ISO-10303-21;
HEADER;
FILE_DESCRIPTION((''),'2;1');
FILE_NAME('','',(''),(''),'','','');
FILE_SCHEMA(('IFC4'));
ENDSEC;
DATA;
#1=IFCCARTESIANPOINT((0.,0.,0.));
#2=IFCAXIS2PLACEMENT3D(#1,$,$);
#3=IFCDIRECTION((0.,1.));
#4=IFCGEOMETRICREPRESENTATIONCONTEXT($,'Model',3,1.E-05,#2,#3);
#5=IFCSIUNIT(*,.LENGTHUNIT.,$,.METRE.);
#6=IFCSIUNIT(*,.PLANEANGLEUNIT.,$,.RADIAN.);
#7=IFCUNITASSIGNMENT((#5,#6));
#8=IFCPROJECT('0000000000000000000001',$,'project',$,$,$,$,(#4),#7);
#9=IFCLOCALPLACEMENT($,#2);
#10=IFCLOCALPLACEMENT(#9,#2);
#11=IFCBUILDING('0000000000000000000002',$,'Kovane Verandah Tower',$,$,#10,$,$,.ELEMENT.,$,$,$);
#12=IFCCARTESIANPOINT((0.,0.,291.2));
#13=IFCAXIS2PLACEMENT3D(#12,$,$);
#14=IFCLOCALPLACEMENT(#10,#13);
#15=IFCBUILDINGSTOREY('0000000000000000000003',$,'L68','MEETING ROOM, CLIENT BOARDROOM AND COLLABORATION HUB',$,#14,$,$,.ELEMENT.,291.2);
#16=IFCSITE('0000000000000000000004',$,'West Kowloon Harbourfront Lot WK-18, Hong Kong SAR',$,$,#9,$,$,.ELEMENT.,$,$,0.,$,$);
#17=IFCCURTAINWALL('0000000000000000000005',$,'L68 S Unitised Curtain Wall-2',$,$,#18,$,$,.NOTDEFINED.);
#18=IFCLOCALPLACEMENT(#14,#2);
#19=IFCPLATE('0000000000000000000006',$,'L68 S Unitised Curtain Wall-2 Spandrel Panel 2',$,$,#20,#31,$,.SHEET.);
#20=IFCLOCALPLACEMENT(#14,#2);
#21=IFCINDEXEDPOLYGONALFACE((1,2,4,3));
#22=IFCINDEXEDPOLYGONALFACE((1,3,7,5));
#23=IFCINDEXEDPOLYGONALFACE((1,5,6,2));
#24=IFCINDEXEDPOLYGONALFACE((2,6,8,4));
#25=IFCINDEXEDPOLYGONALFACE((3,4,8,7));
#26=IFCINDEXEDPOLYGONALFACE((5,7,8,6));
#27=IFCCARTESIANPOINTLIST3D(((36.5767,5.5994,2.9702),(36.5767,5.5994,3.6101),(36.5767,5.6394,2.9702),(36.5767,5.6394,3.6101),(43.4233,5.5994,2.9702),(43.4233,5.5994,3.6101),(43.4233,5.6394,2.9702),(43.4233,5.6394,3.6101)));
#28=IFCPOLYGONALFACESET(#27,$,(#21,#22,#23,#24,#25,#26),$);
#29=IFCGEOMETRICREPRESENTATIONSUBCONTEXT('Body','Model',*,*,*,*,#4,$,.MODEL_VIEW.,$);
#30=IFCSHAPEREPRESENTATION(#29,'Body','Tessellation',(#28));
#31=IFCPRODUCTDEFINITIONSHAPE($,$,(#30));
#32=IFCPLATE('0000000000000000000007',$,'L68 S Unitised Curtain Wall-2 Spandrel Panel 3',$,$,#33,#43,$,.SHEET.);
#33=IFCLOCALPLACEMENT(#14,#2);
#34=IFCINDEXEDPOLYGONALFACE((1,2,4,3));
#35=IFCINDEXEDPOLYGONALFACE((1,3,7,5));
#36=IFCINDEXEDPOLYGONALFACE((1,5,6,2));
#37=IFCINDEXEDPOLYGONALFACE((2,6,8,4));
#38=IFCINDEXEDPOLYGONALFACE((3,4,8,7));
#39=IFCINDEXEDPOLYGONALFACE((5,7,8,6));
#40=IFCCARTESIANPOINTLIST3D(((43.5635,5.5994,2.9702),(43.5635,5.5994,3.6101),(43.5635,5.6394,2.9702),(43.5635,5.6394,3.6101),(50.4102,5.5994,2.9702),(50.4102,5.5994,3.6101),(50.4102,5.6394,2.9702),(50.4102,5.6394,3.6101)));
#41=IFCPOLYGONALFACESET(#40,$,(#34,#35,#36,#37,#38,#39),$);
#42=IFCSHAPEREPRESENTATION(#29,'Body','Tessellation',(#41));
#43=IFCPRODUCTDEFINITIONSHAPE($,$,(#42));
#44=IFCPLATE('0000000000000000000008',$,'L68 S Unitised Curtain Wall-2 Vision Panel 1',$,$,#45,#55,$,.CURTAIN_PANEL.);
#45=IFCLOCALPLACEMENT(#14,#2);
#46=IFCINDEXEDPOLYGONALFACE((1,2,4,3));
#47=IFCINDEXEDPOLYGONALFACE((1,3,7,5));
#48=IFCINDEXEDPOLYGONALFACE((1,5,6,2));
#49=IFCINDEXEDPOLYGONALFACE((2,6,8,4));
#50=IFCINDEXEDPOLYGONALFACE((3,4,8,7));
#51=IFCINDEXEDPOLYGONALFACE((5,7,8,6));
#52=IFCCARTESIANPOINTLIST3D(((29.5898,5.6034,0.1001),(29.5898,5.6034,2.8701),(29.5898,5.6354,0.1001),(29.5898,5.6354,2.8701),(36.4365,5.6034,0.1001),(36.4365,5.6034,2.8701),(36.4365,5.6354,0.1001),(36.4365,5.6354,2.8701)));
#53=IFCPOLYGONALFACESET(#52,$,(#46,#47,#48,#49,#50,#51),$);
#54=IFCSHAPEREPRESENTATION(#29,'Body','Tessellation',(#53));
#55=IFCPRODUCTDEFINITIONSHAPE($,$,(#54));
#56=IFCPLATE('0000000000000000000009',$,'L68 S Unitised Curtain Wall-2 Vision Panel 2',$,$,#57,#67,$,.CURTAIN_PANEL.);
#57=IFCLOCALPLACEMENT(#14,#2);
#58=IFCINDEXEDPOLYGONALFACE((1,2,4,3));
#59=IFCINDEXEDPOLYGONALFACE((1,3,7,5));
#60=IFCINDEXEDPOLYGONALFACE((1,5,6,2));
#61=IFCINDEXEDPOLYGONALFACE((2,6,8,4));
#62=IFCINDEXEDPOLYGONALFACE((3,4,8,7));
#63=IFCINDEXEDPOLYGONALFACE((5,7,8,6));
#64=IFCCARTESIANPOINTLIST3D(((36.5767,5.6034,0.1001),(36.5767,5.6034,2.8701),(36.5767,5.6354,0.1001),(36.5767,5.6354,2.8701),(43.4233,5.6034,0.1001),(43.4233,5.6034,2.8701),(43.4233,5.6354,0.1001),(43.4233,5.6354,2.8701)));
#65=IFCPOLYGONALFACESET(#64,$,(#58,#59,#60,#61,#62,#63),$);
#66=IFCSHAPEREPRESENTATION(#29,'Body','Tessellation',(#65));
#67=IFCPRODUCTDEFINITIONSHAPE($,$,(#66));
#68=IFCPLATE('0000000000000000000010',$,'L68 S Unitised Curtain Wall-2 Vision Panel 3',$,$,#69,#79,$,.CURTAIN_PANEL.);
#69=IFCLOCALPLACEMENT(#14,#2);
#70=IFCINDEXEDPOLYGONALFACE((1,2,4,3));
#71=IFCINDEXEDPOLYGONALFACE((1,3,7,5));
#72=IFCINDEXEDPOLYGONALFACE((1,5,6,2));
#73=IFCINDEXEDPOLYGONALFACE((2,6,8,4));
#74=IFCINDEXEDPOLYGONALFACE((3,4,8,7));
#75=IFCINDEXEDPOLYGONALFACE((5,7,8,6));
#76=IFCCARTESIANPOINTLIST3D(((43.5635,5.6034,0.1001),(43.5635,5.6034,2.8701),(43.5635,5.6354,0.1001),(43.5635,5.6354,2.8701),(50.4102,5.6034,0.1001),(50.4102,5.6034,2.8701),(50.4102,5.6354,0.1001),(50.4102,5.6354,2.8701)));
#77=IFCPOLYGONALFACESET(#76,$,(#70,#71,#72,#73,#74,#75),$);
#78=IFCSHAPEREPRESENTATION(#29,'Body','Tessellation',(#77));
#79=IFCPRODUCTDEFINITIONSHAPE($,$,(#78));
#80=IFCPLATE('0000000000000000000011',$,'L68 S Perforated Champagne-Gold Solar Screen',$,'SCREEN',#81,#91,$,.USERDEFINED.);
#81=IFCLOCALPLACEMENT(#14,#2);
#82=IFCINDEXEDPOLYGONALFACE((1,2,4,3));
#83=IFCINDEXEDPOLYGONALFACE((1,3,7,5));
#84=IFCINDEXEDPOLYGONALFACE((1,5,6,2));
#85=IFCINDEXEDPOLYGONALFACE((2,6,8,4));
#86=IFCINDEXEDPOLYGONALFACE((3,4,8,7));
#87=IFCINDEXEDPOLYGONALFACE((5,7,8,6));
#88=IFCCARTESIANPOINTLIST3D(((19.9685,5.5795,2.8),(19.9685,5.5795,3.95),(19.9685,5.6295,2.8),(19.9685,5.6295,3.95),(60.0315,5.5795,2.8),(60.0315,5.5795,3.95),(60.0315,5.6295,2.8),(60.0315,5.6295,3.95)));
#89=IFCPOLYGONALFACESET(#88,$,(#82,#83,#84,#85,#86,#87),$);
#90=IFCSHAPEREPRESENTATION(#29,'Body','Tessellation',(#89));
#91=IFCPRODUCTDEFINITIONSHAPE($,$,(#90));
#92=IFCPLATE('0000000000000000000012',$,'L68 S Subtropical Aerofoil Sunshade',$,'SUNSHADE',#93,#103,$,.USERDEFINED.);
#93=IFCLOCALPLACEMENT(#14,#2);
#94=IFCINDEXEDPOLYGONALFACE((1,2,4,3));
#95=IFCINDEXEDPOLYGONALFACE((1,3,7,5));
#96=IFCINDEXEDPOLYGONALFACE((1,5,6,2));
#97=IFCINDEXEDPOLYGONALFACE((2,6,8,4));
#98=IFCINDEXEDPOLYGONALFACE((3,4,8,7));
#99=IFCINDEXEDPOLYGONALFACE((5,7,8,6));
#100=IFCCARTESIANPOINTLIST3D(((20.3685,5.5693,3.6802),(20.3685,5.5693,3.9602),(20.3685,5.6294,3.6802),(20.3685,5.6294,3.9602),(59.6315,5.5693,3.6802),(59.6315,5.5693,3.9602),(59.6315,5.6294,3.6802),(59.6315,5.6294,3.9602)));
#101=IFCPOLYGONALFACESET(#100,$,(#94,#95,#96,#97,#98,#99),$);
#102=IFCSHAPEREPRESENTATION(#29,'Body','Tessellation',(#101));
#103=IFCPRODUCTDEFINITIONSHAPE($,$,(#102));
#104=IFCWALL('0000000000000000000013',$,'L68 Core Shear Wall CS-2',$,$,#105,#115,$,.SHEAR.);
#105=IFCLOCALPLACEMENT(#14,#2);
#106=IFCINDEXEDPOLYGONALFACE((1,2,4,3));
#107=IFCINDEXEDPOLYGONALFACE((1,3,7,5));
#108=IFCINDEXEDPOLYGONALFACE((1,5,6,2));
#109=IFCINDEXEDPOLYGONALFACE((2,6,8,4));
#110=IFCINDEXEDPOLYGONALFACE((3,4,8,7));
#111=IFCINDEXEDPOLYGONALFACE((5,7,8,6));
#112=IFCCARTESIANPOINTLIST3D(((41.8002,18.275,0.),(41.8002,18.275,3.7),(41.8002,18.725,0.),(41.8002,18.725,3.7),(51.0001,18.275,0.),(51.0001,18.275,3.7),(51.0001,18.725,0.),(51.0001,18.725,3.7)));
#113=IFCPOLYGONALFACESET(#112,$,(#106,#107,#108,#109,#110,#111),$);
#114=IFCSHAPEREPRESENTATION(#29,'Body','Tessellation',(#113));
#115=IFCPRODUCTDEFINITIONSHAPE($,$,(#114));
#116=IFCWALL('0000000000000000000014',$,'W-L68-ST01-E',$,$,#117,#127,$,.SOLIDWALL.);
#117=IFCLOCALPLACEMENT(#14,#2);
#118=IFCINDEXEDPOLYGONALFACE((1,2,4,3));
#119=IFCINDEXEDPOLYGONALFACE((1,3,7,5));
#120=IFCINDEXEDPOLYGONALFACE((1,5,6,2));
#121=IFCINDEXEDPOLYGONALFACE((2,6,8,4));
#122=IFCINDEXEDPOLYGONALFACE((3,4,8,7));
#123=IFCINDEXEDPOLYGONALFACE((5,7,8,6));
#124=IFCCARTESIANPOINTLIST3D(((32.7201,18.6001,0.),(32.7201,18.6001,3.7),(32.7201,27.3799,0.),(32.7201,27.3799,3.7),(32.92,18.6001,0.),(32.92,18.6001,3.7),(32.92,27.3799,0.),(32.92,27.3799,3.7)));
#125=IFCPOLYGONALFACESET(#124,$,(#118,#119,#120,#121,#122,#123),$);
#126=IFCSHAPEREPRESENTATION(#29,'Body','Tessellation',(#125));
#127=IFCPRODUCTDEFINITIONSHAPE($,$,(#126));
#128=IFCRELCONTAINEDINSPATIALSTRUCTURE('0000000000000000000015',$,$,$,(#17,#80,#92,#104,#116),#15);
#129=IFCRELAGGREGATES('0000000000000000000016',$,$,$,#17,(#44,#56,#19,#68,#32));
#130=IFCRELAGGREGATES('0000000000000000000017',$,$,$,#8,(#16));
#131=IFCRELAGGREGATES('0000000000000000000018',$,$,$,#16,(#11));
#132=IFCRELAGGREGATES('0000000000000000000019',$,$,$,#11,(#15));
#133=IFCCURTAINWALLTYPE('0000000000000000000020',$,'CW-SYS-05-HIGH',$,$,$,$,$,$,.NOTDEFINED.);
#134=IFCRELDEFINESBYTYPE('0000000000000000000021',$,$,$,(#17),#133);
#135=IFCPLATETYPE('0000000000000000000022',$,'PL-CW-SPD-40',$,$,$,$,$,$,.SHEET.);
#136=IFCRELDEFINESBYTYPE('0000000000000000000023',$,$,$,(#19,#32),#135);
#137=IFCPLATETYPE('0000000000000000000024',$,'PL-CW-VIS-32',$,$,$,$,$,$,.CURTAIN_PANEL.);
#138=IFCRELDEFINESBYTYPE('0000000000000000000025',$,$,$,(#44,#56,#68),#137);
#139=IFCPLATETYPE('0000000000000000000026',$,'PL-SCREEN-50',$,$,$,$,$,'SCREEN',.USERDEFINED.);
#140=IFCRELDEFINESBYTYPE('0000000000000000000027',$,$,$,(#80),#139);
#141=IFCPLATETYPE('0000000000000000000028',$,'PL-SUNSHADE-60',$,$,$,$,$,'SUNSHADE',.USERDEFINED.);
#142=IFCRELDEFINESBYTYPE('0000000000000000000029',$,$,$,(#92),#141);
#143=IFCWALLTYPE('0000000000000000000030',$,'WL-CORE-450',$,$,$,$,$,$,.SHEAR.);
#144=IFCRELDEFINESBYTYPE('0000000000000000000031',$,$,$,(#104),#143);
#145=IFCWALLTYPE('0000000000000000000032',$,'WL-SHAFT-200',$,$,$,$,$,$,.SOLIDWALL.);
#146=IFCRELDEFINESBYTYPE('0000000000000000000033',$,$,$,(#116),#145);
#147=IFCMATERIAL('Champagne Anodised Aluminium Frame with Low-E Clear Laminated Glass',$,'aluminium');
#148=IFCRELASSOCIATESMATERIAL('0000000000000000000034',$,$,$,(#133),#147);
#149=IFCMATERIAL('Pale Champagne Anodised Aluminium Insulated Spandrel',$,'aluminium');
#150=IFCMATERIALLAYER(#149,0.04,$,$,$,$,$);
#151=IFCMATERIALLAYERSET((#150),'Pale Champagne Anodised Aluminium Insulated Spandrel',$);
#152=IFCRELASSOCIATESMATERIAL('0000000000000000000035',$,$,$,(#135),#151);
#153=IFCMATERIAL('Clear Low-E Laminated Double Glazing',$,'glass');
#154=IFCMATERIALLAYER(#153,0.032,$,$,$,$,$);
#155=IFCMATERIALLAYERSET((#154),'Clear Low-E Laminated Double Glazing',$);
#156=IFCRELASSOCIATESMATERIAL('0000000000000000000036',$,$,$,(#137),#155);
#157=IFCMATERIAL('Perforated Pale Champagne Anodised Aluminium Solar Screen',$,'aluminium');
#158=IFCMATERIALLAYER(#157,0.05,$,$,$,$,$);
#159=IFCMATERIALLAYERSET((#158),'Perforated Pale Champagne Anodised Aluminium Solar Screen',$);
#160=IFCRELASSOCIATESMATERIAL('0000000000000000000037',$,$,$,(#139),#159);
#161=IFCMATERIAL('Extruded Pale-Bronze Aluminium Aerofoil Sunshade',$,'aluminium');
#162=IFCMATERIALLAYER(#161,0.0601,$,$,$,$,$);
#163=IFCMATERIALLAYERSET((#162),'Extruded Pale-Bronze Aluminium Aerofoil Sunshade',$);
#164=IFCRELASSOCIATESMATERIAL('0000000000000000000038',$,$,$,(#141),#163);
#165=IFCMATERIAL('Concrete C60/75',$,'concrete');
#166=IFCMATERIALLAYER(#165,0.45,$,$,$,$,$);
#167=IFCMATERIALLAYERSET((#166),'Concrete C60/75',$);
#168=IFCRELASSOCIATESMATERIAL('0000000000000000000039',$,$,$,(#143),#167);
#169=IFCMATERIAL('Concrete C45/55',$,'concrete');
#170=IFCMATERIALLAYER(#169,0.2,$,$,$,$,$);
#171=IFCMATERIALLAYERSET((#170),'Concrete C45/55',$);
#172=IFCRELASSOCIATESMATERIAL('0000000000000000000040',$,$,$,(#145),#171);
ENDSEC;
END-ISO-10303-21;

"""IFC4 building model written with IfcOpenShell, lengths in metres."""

from ifc_helpers import new_model, si_unit, direction, frame, frame_2d, origin, origin_2d, place, context, subcontext, project, spatial, rectangle, extrude, material, layer, layer_set, type_object, element, aggregate, save


model = new_model("IFC4")

# Units and contexts
model_context = context("Model", 3, precision=1e-05, world=origin(), true_north=direction((0.0, 1.0)))
body_context = subcontext(model_context, "Body", "Model", "MODEL_VIEW")
ifc_project = project(units=[si_unit("LENGTHUNIT", "METRE"), si_unit("PLANEANGLEUNIT", "RADIAN")], contexts=[model_context])

# Site, building, storey
site_placement = place(None, origin())
site = spatial("IfcSite", under=ifc_project, at=site_placement, Name="West Kowloon Harbourfront Lot WK-18, Hong Kong SAR", CompositionType="ELEMENT", RefElevation=0.0)
building_placement = place(site_placement, origin())
building = spatial("IfcBuilding", under=site, at=building_placement, Name="Kovane Verandah Tower", CompositionType="ELEMENT")
storey_placement = place(building_placement, frame((0.0, 0.0, 291.2)))
storey = spatial("IfcBuildingStorey", under=building, at=storey_placement, Name="L68", Description="MEETING ROOM, CLIENT BOARDROOM AND COLLABORATION HUB", CompositionType="ELEMENT", Elevation=291.2)

# Shared definitions
ifc_material_1 = material(Name="Concrete C60/75", Category="concrete")

# Curtain wall, plates
ifc_material_2 = material(Name="Champagne Anodised Aluminium Frame with Low-E Clear Laminated Glass", Category="aluminium")
curtain_wall_type = type_object("IfcCurtainWallType", Name="CW-SYS-05-HIGH", PredefinedType="NOTDEFINED", material=ifc_material_2)
curtain_wall_placement = place(storey_placement, origin())
curtain_wall = element("IfcCurtainWall", 1, at=curtain_wall_placement, inside=storey, type_object=curtain_wall_type, Name="L68 S Unitised Curtain Wall-2", PredefinedType="NOTDEFINED")
ifc_material_3 = material(Name="Pale Champagne Anodised Aluminium Insulated Spandrel", Category="aluminium")
ifc_layer_1 = layer(ifc_material_3, 0.04)
ifc_layer_set_1 = layer_set([ifc_layer_1], Name="Pale Champagne Anodised Aluminium Insulated Spandrel")
plate_type_1 = type_object("IfcPlateType", Name="PL-CW-SPD-40", PredefinedType="SHEET", material=ifc_layer_set_1)
plate_1_placement = place(storey_placement, frame((40.0, 5.6194, 2.9702), z_axis=(0.0, 0.0, 1.0), x_axis=(1.0, 0.0, 0.0)))
plate_1 = element("IfcPlate", 2, at=plate_1_placement, type_object=plate_type_1, Name="L68 S Unitised Curtain Wall-2 Spandrel Panel 2", PredefinedType="SHEET", context=body_context, shape_type="SweptSolid", body=[
    extrude(rectangle(XDim=6.8467, YDim=0.04, at=origin_2d()), origin(), (0.0, 0.0, 1.0), 0.6399),
])
plate_2_placement = place(storey_placement, frame((46.9868, 5.6194, 2.9702), z_axis=(0.0, 0.0, 1.0), x_axis=(1.0, 0.0, 0.0)))
plate_2 = element("IfcPlate", 3, at=plate_2_placement, type_object=plate_type_1, Name="L68 S Unitised Curtain Wall-2 Spandrel Panel 3", PredefinedType="SHEET", context=body_context, shape_type="SweptSolid", body=[
    extrude(rectangle(XDim=6.8467, YDim=0.04, at=origin_2d()), origin(), (0.0, 0.0, 1.0), 0.6399),
])
ifc_material_4 = material(Name="Clear Low-E Laminated Double Glazing", Category="glass")
ifc_layer_2 = layer(ifc_material_4, 0.032)
ifc_layer_set_2 = layer_set([ifc_layer_2], Name="Clear Low-E Laminated Double Glazing")
plate_type_2 = type_object("IfcPlateType", Name="PL-CW-VIS-32", PredefinedType="CURTAIN_PANEL", material=ifc_layer_set_2)
plate_3_placement = place(storey_placement, frame((33.0132, 5.6194, 0.1001), z_axis=(0.0, 0.0, 1.0), x_axis=(1.0, 0.0, 0.0)))
plate_3 = element("IfcPlate", 4, at=plate_3_placement, type_object=plate_type_2, Name="L68 S Unitised Curtain Wall-2 Vision Panel 1", PredefinedType="CURTAIN_PANEL", context=body_context, shape_type="SweptSolid", body=[
    extrude(rectangle(XDim=6.8467, YDim=0.032, at=origin_2d()), origin(), (0.0, 0.0, 1.0), 2.77),
])
plate_4_placement = place(storey_placement, frame((40.0, 5.6194, 0.1001), z_axis=(0.0, 0.0, 1.0), x_axis=(1.0, 0.0, 0.0)))
plate_4 = element("IfcPlate", 5, at=plate_4_placement, type_object=plate_type_2, Name="L68 S Unitised Curtain Wall-2 Vision Panel 2", PredefinedType="CURTAIN_PANEL", context=body_context, shape_type="SweptSolid", body=[
    extrude(rectangle(XDim=6.8467, YDim=0.032, at=origin_2d()), origin(), (0.0, 0.0, 1.0), 2.77),
])
plate_5_placement = place(storey_placement, frame((46.9868, 5.6194, 0.1001), z_axis=(0.0, 0.0, 1.0), x_axis=(1.0, 0.0, 0.0)))
plate_5 = element("IfcPlate", 6, at=plate_5_placement, type_object=plate_type_2, Name="L68 S Unitised Curtain Wall-2 Vision Panel 3", PredefinedType="CURTAIN_PANEL", context=body_context, shape_type="SweptSolid", body=[
    extrude(rectangle(XDim=6.8467, YDim=0.032, at=origin_2d()), origin(), (0.0, 0.0, 1.0), 2.77),
])
aggregate(curtain_wall, [plate_3, plate_4, plate_1, plate_5, plate_2])

# Plates
ifc_material_5 = material(Name="Perforated Pale Champagne Anodised Aluminium Solar Screen", Category="aluminium")
ifc_layer_3 = layer(ifc_material_5, 0.05)
ifc_layer_set_3 = layer_set([ifc_layer_3], Name="Perforated Pale Champagne Anodised Aluminium Solar Screen")
plate_type_3 = type_object("IfcPlateType", Name="PL-SCREEN-50", ElementType="SCREEN", PredefinedType="USERDEFINED", material=ifc_layer_set_3)
plate_6_placement = place(storey_placement, frame((40.0, 5.6045, 2.8), z_axis=(0.0, 0.0, 1.0), x_axis=(1.0, 0.0, 0.0)))
element("IfcPlate", 7, at=plate_6_placement, inside=storey, type_object=plate_type_3, Name="L68 S Perforated Champagne-Gold Solar Screen", ObjectType="SCREEN", PredefinedType="USERDEFINED", context=body_context, shape_type="SweptSolid", body=[
    extrude(rectangle(XDim=40.063, YDim=0.05, at=origin_2d()), origin(), (0.0, 0.0, 1.0), 1.1499),
])
ifc_material_6 = material(Name="Extruded Pale-Bronze Aluminium Aerofoil Sunshade", Category="aluminium")
ifc_layer_4 = layer(ifc_material_6, 0.0601)
ifc_layer_set_4 = layer_set([ifc_layer_4], Name="Extruded Pale-Bronze Aluminium Aerofoil Sunshade")
plate_type_4 = type_object("IfcPlateType", Name="PL-SUNSHADE-60", ElementType="SUNSHADE", PredefinedType="USERDEFINED", material=ifc_layer_set_4)
plate_7_placement = place(storey_placement, frame((40.0, 5.5994, 3.6802), z_axis=(0.0, 0.0, 1.0), x_axis=(1.0, 0.0, 0.0)))
element("IfcPlate", 8, at=plate_7_placement, inside=storey, type_object=plate_type_4, Name="L68 S Subtropical Aerofoil Sunshade", ObjectType="SUNSHADE", PredefinedType="USERDEFINED", context=body_context, shape_type="SweptSolid", body=[
    extrude(rectangle(XDim=39.2629, YDim=0.0601, at=origin_2d()), origin(), (0.0, 0.0, 1.0), 0.28),
])

# Walls
ifc_layer_5 = layer(ifc_material_1, 0.45)
ifc_layer_set_5 = layer_set([ifc_layer_5], Name="Concrete C60/75")
wall_type_1 = type_object("IfcWallType", Name="WL-CORE-450", PredefinedType="SHEAR", material=ifc_layer_set_5)
wall_1_placement = place(storey_placement, frame((41.8, 18.5, 0.0), z_axis=(0.0, 0.0, 1.0), x_axis=(1.0, 0.0, 0.0)))
element("IfcWall", 9, at=wall_1_placement, inside=storey, type_object=wall_type_1, Name="L68 Core Shear Wall CS-2", PredefinedType="SHEAR", context=body_context, shape_type="SweptSolid", body=[
    extrude(rectangle(XDim=9.2, YDim=0.45, at=frame_2d((4.6001, 0.0))), origin(), (0.0, 0.0, 1.0), 3.7),
])
ifc_material_7 = material(Name="Concrete C45/55", Category="concrete")
ifc_layer_6 = layer(ifc_material_7, 0.2)
ifc_layer_set_6 = layer_set([ifc_layer_6], Name="Concrete C45/55")
wall_type_2 = type_object("IfcWallType", Name="WL-SHAFT-200", PredefinedType="SOLIDWALL", material=ifc_layer_set_6)
wall_2_placement = place(storey_placement, frame((32.8201, 18.6001, 0.0), z_axis=(0.0, 0.0, 1.0), x_axis=(0.0, 1.0, 0.0)))
element("IfcWall", 10, at=wall_2_placement, inside=storey, type_object=wall_type_2, Name="W-L68-ST01-E", PredefinedType="SOLIDWALL", context=body_context, shape_type="SweptSolid", body=[
    extrude(rectangle(XDim=8.7798, YDim=0.2, at=frame_2d((4.3899, 0.0))), origin(), (0.0, 0.0, 1.0), 3.7),
])

save(model, "model.ifc")
